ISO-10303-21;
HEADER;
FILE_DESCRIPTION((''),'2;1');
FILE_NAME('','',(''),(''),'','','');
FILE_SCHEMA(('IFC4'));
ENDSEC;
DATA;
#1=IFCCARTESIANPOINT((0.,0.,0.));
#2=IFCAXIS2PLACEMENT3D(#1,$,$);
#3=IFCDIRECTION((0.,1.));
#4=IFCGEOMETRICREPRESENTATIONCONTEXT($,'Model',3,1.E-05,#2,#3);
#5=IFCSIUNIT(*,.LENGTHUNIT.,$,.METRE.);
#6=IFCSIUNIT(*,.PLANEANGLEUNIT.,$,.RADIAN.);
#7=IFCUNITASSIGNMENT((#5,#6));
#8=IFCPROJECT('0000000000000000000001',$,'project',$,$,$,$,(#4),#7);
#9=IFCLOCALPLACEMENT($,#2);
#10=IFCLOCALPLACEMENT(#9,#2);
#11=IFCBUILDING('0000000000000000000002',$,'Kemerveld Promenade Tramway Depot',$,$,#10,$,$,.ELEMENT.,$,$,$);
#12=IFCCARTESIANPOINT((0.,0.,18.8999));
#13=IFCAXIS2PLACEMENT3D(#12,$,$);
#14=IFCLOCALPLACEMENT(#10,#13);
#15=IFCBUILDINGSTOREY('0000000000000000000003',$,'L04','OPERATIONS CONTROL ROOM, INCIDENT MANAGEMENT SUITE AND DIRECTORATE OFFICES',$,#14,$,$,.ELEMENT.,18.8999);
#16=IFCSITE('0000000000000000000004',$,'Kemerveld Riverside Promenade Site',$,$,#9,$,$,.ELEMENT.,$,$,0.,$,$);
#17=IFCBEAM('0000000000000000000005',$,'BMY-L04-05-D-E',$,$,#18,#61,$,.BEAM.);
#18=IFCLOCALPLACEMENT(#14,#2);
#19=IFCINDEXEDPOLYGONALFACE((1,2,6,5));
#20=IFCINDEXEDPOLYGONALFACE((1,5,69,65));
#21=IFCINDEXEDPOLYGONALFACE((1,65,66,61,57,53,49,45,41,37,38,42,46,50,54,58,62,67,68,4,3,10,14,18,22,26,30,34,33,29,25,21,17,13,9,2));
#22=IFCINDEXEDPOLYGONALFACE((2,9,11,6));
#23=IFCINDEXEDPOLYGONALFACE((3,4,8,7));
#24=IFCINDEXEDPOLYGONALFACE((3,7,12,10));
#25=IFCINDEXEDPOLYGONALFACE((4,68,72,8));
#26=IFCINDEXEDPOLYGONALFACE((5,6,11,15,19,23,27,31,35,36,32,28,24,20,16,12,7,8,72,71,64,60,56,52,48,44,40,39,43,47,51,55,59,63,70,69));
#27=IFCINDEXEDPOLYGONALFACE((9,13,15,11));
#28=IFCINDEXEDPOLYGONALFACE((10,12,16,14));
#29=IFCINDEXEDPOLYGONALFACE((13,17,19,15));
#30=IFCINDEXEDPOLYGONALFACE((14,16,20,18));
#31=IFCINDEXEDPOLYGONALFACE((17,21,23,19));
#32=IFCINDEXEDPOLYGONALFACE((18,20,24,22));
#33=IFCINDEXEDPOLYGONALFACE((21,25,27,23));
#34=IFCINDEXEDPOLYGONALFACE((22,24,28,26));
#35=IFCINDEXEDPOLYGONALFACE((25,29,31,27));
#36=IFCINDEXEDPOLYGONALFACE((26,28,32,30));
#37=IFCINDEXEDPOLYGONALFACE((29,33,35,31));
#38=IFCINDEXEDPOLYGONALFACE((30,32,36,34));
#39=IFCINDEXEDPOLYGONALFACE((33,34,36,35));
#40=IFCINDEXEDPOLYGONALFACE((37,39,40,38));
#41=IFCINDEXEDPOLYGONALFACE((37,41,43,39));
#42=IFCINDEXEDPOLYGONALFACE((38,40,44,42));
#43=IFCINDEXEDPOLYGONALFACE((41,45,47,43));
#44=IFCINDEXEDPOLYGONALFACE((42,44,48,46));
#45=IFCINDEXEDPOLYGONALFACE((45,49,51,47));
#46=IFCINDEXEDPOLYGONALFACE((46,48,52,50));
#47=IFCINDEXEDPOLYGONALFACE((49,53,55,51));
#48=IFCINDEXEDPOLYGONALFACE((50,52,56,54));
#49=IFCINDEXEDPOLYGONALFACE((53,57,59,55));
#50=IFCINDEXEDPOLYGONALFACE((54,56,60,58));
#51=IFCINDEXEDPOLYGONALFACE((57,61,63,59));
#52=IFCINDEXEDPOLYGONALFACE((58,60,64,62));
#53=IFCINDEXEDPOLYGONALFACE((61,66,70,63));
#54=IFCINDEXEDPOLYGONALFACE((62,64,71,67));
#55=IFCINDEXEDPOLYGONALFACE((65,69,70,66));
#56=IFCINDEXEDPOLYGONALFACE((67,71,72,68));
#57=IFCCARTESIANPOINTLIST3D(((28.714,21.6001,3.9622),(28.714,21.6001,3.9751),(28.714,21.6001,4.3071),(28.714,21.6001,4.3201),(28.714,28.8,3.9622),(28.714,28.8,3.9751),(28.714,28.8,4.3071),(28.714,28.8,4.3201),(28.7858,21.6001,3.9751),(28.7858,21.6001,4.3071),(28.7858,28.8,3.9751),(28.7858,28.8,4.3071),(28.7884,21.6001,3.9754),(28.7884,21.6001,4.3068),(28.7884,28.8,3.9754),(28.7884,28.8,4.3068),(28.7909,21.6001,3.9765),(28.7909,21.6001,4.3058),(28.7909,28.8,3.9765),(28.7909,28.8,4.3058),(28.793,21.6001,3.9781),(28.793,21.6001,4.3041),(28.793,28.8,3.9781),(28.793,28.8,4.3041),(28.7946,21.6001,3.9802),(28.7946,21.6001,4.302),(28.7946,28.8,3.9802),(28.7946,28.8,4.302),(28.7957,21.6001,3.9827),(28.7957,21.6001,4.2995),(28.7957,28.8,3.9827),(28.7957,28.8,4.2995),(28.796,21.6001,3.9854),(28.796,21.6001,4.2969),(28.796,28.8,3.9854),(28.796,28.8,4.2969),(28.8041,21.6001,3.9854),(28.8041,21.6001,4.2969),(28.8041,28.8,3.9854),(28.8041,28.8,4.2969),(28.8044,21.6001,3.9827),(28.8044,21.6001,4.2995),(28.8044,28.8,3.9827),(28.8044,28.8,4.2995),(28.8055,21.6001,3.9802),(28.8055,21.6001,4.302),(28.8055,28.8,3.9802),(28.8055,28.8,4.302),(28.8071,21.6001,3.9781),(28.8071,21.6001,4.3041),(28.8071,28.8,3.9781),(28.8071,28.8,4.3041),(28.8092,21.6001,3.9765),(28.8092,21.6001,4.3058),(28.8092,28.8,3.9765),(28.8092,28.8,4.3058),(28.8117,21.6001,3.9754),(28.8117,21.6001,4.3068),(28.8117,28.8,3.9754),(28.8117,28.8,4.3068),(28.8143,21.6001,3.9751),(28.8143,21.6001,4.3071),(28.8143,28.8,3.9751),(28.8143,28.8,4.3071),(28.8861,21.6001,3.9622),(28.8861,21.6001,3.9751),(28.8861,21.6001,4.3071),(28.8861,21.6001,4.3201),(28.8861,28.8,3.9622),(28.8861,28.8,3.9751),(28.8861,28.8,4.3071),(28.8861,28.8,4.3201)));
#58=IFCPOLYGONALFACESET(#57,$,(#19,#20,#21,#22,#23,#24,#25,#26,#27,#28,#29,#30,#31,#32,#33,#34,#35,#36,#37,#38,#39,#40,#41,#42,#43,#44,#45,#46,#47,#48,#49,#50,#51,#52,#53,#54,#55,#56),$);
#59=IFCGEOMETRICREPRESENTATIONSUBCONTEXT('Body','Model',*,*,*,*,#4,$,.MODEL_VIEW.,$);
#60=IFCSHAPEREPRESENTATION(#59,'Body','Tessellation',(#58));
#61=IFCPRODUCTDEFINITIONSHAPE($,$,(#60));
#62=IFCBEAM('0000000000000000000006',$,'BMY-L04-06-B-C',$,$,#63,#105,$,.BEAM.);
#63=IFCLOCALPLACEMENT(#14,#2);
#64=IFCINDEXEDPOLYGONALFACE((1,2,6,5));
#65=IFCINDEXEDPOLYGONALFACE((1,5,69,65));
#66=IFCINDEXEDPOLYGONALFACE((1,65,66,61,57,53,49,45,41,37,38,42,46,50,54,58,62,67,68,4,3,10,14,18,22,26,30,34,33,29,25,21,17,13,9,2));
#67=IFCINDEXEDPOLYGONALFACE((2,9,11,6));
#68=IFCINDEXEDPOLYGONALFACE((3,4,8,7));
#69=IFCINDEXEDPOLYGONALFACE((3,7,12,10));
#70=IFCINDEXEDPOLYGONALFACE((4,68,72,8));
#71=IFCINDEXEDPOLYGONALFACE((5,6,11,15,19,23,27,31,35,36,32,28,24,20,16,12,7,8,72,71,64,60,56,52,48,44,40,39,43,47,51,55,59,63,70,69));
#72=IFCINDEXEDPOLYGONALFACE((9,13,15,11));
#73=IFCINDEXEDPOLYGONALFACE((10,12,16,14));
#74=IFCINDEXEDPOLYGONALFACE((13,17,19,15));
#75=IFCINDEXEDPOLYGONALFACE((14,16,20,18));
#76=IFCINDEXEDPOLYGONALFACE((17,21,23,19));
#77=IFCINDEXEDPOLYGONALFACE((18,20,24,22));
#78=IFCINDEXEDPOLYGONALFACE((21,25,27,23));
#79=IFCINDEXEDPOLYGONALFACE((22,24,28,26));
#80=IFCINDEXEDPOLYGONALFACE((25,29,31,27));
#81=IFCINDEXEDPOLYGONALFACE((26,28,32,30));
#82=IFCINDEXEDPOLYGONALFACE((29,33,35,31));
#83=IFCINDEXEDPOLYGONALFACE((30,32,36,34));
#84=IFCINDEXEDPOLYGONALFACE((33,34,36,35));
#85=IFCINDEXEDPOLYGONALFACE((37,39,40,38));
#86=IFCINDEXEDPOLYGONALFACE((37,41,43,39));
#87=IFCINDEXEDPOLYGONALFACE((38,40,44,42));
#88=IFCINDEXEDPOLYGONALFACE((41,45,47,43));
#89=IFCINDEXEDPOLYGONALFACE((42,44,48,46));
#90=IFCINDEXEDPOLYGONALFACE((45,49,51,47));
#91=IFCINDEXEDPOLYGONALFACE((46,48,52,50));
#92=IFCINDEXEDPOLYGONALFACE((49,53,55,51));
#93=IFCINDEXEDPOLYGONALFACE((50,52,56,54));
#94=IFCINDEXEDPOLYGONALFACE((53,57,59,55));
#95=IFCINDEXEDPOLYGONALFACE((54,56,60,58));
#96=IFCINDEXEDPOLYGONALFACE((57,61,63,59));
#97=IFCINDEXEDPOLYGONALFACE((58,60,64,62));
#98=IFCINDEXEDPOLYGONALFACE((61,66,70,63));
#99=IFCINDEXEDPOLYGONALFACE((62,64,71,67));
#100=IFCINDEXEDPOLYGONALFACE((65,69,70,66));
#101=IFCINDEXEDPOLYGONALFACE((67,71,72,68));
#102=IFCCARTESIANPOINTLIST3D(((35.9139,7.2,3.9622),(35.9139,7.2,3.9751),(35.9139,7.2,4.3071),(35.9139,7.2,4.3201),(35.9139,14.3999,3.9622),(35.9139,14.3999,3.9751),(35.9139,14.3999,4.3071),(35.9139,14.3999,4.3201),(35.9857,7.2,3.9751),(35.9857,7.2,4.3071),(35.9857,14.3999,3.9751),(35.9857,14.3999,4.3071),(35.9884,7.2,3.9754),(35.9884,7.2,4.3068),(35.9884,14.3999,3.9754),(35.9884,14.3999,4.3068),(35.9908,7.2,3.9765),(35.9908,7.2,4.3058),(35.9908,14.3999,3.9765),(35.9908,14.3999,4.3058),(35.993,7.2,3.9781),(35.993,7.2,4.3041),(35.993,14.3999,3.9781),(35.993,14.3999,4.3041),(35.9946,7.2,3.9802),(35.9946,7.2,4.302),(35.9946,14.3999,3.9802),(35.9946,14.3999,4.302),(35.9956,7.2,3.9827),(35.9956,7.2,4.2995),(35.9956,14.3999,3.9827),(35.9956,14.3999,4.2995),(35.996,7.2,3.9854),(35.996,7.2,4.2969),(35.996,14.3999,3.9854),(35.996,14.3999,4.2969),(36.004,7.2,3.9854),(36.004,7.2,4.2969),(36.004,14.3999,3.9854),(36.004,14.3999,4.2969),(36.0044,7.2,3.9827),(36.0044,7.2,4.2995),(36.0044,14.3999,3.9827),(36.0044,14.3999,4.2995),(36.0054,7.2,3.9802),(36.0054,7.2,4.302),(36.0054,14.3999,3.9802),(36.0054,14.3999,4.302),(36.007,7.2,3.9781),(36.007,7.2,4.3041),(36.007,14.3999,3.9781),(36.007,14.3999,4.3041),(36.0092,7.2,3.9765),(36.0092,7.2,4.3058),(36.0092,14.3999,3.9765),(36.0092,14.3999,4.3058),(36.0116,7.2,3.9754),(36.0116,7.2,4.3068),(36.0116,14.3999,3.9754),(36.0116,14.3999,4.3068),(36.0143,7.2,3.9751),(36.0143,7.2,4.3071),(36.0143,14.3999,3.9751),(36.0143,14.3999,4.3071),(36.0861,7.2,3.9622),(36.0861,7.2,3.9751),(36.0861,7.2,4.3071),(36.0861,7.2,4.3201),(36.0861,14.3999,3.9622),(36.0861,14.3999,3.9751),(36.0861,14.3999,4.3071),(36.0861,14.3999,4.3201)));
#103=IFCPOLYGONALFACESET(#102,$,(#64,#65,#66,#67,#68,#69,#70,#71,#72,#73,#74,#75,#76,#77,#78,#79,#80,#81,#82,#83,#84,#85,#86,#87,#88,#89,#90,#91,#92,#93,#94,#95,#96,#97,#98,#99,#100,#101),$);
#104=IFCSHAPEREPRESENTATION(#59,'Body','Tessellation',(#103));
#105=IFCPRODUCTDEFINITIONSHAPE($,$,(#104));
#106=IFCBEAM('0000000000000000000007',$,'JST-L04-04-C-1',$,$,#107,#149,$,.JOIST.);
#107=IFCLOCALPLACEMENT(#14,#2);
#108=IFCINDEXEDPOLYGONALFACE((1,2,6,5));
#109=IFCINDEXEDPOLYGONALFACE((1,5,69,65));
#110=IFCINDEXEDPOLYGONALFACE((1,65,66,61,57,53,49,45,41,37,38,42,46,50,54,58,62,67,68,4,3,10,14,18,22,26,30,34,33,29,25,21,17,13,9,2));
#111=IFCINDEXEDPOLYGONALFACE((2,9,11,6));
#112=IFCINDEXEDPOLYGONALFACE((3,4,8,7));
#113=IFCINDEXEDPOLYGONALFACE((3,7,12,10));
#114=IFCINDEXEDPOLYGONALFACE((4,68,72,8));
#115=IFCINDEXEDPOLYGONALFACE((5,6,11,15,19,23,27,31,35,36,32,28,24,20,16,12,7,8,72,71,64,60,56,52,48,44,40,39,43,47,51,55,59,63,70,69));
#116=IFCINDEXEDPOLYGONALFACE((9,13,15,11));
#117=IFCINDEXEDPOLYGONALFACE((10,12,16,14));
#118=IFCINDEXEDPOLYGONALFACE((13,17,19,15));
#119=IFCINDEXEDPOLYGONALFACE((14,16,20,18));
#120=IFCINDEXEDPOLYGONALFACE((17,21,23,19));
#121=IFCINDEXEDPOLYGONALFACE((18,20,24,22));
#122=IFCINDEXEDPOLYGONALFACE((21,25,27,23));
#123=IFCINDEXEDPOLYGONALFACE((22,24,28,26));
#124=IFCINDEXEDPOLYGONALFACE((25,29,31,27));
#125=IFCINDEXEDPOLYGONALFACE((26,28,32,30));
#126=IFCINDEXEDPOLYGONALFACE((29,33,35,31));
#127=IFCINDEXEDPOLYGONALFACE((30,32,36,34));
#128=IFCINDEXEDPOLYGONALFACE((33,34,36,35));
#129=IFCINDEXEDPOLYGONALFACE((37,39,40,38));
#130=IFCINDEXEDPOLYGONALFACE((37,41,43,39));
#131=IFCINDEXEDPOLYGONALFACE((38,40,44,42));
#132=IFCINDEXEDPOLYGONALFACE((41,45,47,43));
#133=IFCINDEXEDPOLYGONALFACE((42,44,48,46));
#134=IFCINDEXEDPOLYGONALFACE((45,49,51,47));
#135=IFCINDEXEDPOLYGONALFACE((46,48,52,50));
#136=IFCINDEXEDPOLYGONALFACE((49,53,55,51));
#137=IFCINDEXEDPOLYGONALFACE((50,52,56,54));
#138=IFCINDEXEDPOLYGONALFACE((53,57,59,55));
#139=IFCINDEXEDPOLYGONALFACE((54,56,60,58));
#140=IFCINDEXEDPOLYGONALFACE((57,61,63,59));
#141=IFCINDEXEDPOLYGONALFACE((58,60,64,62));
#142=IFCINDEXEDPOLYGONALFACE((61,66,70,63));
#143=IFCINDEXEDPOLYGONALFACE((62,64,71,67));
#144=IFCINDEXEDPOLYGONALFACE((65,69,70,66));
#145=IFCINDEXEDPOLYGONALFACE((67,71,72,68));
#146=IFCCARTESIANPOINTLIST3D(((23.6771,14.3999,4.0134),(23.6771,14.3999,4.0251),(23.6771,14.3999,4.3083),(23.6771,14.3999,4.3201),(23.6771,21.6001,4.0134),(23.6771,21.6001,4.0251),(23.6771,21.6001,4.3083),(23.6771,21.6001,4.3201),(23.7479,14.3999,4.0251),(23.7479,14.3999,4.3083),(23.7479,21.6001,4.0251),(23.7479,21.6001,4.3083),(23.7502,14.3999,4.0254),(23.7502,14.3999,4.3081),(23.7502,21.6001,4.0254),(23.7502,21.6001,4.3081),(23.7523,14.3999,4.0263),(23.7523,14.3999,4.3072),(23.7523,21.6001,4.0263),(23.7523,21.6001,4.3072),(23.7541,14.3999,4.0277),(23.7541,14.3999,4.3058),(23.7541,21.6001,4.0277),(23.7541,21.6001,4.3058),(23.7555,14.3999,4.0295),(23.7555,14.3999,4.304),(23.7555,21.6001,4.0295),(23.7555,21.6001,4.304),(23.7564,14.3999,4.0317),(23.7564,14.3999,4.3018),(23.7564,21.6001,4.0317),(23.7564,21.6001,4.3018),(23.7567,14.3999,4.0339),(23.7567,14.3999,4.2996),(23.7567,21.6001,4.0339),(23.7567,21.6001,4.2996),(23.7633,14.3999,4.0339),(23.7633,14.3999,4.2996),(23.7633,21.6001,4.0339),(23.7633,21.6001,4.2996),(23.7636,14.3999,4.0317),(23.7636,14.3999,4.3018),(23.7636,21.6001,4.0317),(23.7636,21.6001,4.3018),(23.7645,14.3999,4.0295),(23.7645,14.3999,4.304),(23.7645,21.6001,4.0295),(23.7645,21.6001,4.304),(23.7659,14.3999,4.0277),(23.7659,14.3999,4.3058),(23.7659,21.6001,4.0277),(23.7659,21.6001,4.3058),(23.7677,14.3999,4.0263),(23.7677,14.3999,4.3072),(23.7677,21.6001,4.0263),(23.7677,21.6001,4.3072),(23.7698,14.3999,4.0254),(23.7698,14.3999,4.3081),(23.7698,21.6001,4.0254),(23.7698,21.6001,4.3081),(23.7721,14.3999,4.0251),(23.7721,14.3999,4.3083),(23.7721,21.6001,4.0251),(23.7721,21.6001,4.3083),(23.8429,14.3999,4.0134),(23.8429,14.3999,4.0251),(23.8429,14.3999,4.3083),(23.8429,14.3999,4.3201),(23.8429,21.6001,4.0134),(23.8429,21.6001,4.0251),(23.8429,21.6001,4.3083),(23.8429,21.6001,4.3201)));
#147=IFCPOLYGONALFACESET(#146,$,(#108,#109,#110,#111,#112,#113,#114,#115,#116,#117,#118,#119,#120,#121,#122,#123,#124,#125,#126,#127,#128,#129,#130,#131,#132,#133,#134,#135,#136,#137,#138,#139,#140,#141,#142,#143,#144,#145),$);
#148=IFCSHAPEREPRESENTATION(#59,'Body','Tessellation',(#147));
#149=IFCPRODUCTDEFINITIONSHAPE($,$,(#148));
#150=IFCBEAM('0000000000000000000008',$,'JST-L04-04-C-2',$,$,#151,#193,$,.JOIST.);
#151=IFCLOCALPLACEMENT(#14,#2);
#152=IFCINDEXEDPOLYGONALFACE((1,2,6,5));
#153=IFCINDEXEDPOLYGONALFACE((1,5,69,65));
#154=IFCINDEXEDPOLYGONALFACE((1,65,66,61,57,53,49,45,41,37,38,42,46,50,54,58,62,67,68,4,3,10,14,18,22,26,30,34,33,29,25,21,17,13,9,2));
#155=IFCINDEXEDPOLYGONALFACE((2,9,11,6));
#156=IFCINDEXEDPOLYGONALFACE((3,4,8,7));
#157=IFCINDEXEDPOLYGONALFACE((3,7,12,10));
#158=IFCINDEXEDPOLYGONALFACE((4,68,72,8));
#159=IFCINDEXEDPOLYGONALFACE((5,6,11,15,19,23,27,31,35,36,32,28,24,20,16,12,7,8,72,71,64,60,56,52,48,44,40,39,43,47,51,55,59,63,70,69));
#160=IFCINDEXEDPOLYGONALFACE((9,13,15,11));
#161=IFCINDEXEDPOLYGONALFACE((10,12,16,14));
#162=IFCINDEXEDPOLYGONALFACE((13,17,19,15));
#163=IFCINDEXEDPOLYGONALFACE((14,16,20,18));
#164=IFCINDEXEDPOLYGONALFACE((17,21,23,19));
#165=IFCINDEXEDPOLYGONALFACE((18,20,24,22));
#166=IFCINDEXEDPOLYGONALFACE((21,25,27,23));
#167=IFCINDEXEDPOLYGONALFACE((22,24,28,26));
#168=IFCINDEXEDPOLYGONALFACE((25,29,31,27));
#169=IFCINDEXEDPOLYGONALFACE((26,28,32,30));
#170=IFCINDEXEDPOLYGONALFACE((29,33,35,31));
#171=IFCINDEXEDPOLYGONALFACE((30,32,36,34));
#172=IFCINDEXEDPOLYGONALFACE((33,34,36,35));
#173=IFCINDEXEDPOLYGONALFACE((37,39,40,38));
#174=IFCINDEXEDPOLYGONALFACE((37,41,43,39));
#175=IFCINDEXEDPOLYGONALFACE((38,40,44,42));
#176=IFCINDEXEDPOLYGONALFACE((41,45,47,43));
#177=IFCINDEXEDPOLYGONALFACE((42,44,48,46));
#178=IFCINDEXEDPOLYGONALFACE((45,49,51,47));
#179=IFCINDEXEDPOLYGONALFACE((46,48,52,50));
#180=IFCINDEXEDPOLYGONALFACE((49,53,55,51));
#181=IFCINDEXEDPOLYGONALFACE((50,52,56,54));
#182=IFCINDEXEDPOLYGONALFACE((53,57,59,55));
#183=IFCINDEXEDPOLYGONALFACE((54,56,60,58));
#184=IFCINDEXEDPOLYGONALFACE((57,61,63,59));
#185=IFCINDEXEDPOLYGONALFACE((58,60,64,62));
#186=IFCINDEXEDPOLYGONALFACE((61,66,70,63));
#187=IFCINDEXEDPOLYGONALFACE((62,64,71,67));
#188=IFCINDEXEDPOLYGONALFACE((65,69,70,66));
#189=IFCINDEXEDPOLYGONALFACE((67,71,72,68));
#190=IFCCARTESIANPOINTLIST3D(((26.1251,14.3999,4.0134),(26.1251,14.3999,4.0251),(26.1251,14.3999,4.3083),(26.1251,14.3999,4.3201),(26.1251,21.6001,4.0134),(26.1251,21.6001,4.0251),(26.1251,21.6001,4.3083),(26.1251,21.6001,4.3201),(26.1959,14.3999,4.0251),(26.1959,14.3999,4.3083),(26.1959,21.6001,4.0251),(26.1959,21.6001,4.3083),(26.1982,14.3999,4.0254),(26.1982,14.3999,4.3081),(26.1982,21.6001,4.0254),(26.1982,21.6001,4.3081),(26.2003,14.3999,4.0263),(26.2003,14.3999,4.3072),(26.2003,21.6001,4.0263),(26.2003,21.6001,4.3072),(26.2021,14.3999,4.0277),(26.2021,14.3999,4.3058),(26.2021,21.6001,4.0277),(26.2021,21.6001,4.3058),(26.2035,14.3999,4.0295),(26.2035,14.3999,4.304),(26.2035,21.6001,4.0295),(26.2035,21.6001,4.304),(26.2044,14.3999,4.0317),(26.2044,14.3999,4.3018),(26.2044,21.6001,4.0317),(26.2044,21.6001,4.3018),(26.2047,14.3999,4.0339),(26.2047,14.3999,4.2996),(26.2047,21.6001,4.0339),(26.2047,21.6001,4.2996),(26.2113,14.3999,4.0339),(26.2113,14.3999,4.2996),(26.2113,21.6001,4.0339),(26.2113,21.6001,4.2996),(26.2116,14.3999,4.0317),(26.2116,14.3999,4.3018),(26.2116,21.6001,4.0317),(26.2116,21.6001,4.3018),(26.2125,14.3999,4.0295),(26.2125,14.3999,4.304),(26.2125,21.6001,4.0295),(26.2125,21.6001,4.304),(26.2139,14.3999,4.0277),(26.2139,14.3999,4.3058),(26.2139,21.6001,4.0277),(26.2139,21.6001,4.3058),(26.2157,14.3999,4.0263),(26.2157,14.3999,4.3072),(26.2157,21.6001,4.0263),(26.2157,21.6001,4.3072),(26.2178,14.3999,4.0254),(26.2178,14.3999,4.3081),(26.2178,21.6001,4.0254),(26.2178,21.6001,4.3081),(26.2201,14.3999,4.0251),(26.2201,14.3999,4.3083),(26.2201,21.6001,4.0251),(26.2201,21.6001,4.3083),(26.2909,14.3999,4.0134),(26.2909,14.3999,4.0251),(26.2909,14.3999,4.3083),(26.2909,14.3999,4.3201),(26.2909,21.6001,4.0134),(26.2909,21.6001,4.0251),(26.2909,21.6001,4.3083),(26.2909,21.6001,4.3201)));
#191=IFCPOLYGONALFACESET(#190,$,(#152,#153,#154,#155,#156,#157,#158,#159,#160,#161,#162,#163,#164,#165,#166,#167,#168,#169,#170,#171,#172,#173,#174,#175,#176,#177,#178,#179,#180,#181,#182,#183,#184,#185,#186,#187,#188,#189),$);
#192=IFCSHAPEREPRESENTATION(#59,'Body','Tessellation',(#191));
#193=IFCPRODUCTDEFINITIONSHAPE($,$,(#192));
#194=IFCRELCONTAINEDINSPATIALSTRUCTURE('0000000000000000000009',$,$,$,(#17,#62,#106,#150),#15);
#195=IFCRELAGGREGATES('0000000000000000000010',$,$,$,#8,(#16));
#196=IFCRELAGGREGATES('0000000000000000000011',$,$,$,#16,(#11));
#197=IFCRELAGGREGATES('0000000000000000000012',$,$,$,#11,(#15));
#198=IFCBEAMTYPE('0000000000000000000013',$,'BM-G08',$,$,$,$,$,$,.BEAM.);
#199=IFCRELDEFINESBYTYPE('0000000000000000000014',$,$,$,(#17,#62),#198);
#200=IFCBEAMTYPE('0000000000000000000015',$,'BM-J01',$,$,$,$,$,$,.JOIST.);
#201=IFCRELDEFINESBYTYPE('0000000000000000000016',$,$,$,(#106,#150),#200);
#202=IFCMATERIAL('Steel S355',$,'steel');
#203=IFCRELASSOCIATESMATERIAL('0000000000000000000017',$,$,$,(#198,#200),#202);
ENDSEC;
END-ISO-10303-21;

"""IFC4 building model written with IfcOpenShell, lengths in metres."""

from ifc_helpers import new_model, si_unit, direction, frame, origin, origin_2d, place, context, subcontext, project, spatial, i_section, extrude, material, material_profile, profile_set, type_object, element, save


model = new_model("IFC4")

# Units and contexts
model_context = context("Model", 3, precision=1e-05, world=origin(), true_north=direction((0.0, 1.0)))
body_context = subcontext(model_context, "Body", "Model", "MODEL_VIEW")
ifc_project = project(units=[si_unit("LENGTHUNIT", "METRE"), si_unit("PLANEANGLEUNIT", "RADIAN")], contexts=[model_context])

# Site, building, storey
site_placement = place(None, origin())
site = spatial("IfcSite", under=ifc_project, at=site_placement, Name="Kemerveld Riverside Promenade Site", CompositionType="ELEMENT", RefElevation=0.0)
building_placement = place(site_placement, origin())
building = spatial("IfcBuilding", under=site, at=building_placement, Name="Kemerveld Promenade Tramway Depot", CompositionType="ELEMENT")
storey_placement = place(building_placement, frame((0.0, 0.0, 18.8999)))
storey = spatial("IfcBuildingStorey", under=building, at=storey_placement, Name="L04", Description="OPERATIONS CONTROL ROOM, INCIDENT MANAGEMENT SUITE AND DIRECTORATE OFFICES", CompositionType="ELEMENT", Elevation=18.8999)

# Shared definitions
ifc_material = material(Name="Steel S355", Category="steel")

# Beams
ifc_material_profile_1 = material_profile(ifc_material, i_section(OverallWidth=0.1721, OverallDepth=0.3579, WebThickness=0.0081, FlangeThickness=0.0129, FilletRadius=0.0103, at=origin_2d()), Name="356x171x57 UB")
ifc_profile_set_1 = profile_set([ifc_material_profile_1], Name="Steel S355")
beam_type_1 = type_object("IfcBeamType", Name="BM-G08", PredefinedType="BEAM", material=ifc_profile_set_1)
for number, where, z_axis, x_axis, name in (
    (1, (28.8, 21.6001, 4.1411), (0.0, 1.0, 0.0), (-1.0, 0.0, 0.0), "BMY-L04-05-D-E"),
    (2, (36.0, 7.2, 4.1411), (0.0, 1.0, 0.0), (-1.0, 0.0, 0.0), "BMY-L04-06-B-C"),
):
    element("IfcBeam", number, at=place(storey_placement, frame(where, z_axis=z_axis, x_axis=x_axis)), inside=storey, type_object=beam_type_1, Name=name, PredefinedType="BEAM", context=body_context, shape_type="SweptSolid", body=[
        extrude(i_section(OverallWidth=0.1721, OverallDepth=0.3579, WebThickness=0.0081, FlangeThickness=0.0129, FilletRadius=0.0103, at=origin_2d()), origin(), (0.0, 0.0, 1.0), 7.2),
    ])
ifc_material_profile_2 = material_profile(ifc_material, i_section(OverallWidth=0.1658, OverallDepth=0.3066, WebThickness=0.0066, FlangeThickness=0.0117, FilletRadius=0.0088, at=origin_2d()), Name="305x165x46 UB")
ifc_profile_set_2 = profile_set([ifc_material_profile_2], Name="Steel S355")
beam_type_2 = type_object("IfcBeamType", Name="BM-J01", PredefinedType="JOIST", material=ifc_profile_set_2)
for number, where, z_axis, x_axis, name in (
    (3, (23.76, 14.3999, 4.1667), (0.0, 1.0, 0.0), (-1.0, 0.0, 0.0), "JST-L04-04-C-1"),
    (4, (26.208, 14.3999, 4.1667), (0.0, 1.0, 0.0), (-1.0, 0.0, 0.0), "JST-L04-04-C-2"),
):
    element("IfcBeam", number, at=place(storey_placement, frame(where, z_axis=z_axis, x_axis=x_axis)), inside=storey, type_object=beam_type_2, Name=name, PredefinedType="JOIST", context=body_context, shape_type="SweptSolid", body=[
        extrude(i_section(OverallWidth=0.1658, OverallDepth=0.3066, WebThickness=0.0066, FlangeThickness=0.0117, FilletRadius=0.0088, at=origin_2d()), origin(), (0.0, 0.0, 1.0), 7.2002),
    ])

save(model, "model.ifc")
